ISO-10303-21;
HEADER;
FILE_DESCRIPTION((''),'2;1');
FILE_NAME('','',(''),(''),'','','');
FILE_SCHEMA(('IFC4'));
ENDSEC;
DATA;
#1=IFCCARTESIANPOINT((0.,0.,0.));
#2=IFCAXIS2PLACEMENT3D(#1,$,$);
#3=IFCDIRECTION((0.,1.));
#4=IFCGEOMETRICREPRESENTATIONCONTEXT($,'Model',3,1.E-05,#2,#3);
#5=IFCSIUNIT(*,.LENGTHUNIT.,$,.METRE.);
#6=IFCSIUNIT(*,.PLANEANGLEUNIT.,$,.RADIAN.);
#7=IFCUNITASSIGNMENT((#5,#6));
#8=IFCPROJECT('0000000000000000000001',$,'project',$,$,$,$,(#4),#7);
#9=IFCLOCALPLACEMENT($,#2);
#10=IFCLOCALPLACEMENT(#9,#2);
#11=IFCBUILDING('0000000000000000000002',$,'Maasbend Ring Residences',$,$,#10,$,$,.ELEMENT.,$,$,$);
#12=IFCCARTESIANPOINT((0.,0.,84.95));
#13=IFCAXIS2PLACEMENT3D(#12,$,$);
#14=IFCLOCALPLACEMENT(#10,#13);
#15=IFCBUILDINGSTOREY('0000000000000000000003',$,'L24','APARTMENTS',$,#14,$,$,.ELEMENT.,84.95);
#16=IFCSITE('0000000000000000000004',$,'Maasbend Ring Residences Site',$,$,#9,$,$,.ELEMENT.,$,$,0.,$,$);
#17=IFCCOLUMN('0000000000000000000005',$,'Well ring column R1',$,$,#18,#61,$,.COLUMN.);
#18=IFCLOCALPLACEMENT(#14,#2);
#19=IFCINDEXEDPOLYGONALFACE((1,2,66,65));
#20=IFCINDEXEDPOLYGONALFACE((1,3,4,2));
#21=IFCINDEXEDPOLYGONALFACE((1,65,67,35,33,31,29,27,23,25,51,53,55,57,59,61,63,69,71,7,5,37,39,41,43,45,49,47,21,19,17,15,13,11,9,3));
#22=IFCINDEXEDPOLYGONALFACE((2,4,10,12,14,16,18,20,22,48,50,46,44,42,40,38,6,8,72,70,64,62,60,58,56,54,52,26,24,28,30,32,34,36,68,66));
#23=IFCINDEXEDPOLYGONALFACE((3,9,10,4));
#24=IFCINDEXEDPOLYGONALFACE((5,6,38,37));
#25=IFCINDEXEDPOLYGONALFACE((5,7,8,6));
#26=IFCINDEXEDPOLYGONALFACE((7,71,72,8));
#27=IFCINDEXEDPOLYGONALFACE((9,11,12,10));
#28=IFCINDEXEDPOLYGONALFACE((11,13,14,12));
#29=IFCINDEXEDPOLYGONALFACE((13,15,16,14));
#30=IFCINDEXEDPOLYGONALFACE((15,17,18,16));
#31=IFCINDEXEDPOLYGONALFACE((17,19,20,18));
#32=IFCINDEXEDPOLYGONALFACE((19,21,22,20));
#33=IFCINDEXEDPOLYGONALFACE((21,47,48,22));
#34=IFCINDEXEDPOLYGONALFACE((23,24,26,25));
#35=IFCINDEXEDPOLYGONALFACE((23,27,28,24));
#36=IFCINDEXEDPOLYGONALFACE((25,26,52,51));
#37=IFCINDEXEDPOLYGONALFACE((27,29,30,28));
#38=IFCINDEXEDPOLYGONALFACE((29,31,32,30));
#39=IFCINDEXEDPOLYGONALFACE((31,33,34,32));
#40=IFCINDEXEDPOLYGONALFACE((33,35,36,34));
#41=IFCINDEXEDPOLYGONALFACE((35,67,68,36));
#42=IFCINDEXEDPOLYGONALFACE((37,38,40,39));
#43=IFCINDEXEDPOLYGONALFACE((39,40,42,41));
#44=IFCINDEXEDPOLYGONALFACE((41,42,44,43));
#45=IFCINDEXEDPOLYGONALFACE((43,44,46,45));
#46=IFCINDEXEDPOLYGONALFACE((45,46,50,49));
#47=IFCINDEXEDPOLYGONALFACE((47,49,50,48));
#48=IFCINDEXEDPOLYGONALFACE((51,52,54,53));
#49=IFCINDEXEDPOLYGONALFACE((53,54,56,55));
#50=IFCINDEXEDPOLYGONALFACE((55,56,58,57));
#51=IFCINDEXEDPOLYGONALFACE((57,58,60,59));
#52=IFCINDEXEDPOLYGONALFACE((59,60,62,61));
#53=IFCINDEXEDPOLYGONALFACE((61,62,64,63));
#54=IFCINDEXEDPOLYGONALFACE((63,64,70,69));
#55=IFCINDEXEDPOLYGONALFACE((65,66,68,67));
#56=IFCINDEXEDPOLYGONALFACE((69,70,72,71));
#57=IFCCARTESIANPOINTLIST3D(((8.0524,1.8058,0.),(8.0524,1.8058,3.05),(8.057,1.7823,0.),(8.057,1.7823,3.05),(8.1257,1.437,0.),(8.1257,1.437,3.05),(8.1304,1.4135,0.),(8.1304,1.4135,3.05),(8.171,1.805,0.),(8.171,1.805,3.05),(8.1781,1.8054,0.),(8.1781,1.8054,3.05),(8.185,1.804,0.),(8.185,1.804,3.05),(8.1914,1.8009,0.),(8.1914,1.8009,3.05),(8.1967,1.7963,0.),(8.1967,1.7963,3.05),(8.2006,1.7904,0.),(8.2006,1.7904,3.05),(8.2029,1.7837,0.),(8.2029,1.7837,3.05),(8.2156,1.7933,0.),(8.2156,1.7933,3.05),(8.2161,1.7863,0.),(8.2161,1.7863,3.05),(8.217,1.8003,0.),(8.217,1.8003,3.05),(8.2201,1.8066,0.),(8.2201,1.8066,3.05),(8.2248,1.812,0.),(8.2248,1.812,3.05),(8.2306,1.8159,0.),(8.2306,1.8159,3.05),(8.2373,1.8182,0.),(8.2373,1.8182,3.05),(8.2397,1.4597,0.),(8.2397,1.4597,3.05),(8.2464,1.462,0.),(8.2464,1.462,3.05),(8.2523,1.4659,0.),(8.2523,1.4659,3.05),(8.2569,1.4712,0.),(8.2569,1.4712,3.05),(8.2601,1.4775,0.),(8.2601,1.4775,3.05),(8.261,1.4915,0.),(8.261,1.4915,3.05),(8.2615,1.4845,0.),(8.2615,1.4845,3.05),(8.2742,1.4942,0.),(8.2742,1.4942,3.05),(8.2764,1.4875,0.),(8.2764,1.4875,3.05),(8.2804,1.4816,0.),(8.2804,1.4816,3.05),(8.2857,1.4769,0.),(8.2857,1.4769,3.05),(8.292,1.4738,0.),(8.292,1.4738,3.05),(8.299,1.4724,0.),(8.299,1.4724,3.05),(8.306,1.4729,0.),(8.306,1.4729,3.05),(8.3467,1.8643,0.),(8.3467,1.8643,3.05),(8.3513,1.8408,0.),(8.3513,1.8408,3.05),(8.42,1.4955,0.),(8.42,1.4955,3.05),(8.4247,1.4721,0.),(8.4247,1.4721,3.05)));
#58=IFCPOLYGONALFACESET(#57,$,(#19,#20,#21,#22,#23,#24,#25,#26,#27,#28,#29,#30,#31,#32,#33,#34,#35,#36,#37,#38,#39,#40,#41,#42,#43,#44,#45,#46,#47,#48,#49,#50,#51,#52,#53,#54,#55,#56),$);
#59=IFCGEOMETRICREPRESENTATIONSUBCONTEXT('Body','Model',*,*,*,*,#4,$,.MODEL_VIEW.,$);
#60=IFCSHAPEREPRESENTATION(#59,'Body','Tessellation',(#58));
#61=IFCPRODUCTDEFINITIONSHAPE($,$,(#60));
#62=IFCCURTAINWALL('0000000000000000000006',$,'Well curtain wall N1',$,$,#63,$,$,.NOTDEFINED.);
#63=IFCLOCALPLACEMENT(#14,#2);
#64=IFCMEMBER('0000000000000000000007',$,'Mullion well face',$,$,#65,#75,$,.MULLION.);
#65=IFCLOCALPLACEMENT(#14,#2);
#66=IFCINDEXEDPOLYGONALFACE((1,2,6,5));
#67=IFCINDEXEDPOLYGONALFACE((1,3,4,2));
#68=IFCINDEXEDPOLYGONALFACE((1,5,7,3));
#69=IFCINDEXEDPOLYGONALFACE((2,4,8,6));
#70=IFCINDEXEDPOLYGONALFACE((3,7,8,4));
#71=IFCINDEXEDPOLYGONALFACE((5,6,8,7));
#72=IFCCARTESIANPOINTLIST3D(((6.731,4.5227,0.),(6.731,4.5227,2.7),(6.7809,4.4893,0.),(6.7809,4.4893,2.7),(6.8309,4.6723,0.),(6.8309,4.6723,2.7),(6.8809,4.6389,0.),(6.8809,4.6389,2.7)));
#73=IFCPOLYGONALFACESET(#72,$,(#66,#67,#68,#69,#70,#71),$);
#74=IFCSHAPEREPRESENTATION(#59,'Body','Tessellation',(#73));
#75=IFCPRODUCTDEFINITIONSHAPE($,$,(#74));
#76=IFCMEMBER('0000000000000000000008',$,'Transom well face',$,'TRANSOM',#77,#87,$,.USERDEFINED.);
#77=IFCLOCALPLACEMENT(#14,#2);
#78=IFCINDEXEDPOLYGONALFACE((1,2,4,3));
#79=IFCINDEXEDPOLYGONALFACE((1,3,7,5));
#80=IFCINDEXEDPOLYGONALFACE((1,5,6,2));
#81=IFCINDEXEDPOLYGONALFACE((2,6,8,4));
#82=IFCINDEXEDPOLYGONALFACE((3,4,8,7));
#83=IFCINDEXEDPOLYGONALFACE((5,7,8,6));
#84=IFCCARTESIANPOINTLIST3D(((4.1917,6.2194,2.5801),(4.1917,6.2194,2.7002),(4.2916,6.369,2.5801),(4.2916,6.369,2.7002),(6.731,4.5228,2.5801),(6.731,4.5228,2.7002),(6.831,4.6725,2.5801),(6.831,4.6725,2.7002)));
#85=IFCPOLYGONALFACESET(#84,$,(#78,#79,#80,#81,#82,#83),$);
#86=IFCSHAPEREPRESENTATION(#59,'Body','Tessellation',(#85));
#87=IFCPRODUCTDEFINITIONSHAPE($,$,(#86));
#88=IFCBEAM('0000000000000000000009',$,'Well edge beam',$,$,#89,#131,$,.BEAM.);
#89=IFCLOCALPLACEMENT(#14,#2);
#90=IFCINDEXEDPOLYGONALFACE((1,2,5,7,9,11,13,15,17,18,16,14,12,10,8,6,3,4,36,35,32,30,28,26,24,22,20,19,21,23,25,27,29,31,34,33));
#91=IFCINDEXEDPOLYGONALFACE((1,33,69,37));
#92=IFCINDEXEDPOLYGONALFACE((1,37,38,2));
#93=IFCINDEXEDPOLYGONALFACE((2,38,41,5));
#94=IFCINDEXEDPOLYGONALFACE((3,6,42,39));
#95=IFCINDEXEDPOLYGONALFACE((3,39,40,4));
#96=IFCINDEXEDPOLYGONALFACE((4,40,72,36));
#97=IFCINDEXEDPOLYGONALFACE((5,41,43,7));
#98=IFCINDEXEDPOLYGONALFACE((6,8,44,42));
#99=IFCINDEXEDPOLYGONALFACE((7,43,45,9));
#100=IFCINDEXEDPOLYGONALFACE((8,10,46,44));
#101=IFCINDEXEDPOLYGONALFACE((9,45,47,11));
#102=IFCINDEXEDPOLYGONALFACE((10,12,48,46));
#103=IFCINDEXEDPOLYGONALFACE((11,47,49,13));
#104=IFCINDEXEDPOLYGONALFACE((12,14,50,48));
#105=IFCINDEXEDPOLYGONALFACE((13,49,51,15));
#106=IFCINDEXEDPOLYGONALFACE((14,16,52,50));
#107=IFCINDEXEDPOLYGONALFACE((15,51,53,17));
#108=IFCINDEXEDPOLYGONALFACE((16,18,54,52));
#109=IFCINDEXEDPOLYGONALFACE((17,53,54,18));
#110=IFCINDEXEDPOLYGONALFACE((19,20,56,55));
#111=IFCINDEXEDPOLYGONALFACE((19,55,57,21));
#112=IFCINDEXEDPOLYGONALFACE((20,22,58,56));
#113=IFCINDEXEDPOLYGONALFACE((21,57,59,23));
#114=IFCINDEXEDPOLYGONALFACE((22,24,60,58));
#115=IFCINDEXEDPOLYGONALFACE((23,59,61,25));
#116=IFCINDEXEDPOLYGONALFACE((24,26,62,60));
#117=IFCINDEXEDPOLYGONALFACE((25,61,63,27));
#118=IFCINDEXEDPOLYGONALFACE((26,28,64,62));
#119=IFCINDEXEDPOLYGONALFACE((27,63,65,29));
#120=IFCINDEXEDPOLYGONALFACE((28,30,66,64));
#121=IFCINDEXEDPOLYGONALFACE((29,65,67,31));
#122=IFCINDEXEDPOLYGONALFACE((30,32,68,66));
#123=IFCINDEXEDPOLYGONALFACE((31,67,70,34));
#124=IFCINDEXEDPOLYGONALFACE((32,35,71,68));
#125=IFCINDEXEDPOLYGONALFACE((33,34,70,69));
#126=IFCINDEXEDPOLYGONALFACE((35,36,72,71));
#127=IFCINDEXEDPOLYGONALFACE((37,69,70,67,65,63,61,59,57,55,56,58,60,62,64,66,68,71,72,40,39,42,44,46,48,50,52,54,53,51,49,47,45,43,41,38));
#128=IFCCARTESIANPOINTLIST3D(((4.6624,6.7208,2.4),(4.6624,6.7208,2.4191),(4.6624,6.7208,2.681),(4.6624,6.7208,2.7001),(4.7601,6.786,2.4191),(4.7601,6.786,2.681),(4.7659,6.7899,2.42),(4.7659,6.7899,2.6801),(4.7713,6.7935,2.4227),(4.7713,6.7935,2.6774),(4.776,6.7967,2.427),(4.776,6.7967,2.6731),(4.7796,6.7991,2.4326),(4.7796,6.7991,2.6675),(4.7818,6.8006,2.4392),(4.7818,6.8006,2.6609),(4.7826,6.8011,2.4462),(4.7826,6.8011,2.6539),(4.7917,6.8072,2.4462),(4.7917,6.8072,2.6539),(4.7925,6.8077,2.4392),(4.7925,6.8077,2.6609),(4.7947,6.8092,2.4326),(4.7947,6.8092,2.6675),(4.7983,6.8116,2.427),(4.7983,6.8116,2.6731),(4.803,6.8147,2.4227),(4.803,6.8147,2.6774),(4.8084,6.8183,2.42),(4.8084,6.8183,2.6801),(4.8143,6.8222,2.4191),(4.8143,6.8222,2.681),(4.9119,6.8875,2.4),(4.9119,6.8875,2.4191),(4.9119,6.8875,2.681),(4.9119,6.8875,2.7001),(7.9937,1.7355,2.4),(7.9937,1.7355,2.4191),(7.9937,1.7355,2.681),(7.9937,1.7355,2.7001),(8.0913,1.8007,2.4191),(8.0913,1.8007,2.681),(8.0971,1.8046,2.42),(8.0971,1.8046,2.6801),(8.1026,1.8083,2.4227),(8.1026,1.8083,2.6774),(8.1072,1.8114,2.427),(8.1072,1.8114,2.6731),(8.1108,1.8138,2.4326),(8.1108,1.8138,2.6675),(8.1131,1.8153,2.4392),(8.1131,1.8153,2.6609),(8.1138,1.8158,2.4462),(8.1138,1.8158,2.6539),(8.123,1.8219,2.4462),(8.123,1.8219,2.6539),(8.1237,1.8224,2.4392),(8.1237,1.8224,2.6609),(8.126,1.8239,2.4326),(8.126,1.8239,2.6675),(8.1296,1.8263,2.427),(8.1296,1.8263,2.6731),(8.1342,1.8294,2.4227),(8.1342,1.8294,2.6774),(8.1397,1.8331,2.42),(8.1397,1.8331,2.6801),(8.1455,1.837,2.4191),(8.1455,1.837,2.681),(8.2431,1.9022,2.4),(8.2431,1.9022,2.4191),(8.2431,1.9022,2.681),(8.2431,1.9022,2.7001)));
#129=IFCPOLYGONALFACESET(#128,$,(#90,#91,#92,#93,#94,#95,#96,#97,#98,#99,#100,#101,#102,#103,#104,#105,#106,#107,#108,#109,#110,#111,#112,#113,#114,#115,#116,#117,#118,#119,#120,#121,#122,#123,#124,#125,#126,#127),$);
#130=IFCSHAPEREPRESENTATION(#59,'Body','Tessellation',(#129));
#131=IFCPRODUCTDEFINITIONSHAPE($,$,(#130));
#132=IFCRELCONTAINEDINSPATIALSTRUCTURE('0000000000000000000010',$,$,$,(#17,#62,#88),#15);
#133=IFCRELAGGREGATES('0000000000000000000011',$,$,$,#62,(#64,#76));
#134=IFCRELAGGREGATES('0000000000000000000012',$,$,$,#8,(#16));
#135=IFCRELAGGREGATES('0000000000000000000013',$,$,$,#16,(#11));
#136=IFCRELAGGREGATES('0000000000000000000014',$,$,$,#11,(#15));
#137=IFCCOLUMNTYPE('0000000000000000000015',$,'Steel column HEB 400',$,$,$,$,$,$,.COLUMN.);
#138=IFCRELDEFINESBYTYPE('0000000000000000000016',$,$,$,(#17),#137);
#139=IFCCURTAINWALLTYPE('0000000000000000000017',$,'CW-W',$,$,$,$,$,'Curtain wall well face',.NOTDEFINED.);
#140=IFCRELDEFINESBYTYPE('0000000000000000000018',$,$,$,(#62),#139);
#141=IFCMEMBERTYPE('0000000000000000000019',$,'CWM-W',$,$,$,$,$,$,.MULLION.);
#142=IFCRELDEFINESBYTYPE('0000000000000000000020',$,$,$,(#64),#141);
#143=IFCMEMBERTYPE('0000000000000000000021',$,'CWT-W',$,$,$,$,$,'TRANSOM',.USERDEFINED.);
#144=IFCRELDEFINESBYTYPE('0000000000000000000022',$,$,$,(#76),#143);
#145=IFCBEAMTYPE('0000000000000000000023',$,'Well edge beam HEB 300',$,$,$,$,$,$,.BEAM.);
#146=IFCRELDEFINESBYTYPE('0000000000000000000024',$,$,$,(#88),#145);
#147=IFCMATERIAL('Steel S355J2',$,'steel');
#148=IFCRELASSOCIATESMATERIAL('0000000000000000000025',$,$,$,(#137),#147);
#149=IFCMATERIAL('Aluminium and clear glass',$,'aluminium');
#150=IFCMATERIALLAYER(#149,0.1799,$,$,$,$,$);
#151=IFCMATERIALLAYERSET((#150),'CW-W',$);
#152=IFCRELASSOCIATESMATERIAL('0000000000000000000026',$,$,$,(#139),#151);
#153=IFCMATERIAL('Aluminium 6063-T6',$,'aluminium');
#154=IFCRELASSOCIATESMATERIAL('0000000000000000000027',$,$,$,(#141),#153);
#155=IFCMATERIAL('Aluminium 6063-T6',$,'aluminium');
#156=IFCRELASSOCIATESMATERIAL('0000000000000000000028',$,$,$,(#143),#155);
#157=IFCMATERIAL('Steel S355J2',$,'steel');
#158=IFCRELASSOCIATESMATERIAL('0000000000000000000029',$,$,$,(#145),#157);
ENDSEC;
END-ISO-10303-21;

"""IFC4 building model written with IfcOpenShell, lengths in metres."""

from ifc_helpers import new_model, si_unit, direction, frame, origin, origin_2d, place, context, subcontext, project, spatial, rectangle, i_section, extrude, material, layer, layer_set, material_profile, profile_set, type_object, element, aggregate, save


model = new_model("IFC4")

# Units and contexts
model_context = context("Model", 3, precision=1e-05, world=origin(), true_north=direction((0.0, 1.0)))
body_context = subcontext(model_context, "Body", "Model", "MODEL_VIEW")
ifc_project = project(units=[si_unit("LENGTHUNIT", "METRE"), si_unit("PLANEANGLEUNIT", "RADIAN")], contexts=[model_context])

# Site, building, storey
site_placement = place(None, origin())
site = spatial("IfcSite", under=ifc_project, at=site_placement, Name="Maasbend Ring Residences Site", CompositionType="ELEMENT", RefElevation=0.0)
building_placement = place(site_placement, origin())
building = spatial("IfcBuilding", under=site, at=building_placement, Name="Maasbend Ring Residences", CompositionType="ELEMENT")
storey_placement = place(building_placement, frame((0.0, 0.0, 84.95)))
storey = spatial("IfcBuildingStorey", under=building, at=storey_placement, Name="L24", Description="APARTMENTS", CompositionType="ELEMENT", Elevation=84.95)

# Column
ifc_material_1 = material(Name="Steel S355J2", Category="steel")
ifc_material_profile_1 = material_profile(ifc_material_1, i_section(OverallWidth=0.3, OverallDepth=0.3999, WebThickness=0.0134, FlangeThickness=0.0239, FilletRadius=0.0271, at=origin_2d()), Name="HEB 400")
ifc_profile_set_1 = profile_set([ifc_material_profile_1], Name="Steel S355J2")
column_type = type_object("IfcColumnType", Name="Steel column HEB 400", PredefinedType="COLUMN", material=ifc_profile_set_1)
column_placement = place(storey_placement, frame((8.2385, 1.6389, 0.0), z_axis=(0.0, 0.0, 1.0), x_axis=(0.980785, 0.19509, 0.0)))
element("IfcColumn", 1, at=column_placement, inside=storey, type_object=column_type, Name="Well ring column R1", PredefinedType="COLUMN", context=body_context, shape_type="SweptSolid", body=[
    extrude(i_section(OverallWidth=0.3, OverallDepth=0.3999, WebThickness=0.0134, FlangeThickness=0.0239, FilletRadius=0.0271, at=origin_2d()), origin(), (0.0, 0.0, 1.0), 3.05),
])

# Curtain wall, members
ifc_material_2 = material(Name="Aluminium and clear glass", Category="aluminium")
ifc_layer_1 = layer(ifc_material_2, 0.1799)
ifc_layer_set_1 = layer_set([ifc_layer_1], Name="CW-W")
curtain_wall_type = type_object("IfcCurtainWallType", Name="CW-W", ElementType="Curtain wall well face", PredefinedType="NOTDEFINED", material=ifc_layer_set_1)
curtain_wall_placement = place(storey_placement, origin())
curtain_wall = element("IfcCurtainWall", 2, at=curtain_wall_placement, inside=storey, type_object=curtain_wall_type, Name="Well curtain wall N1", PredefinedType="NOTDEFINED")
ifc_material_3 = material(Name="Aluminium 6063-T6", Category="aluminium")
ifc_material_profile_2 = material_profile(ifc_material_3, rectangle(XDim=0.1799, YDim=0.0601, at=origin_2d()), Name="AL 180x60")
ifc_profile_set_2 = profile_set([ifc_material_profile_2], Name="Aluminium 6063-T6")
member_type_1 = type_object("IfcMemberType", Name="CWM-W", PredefinedType="MULLION", material=ifc_profile_set_2)
member_1_placement = place(storey_placement, frame((6.8059, 4.5808, 0.0), z_axis=(0.0, 0.0, 1.0), x_axis=(-0.55557, -0.83147, 0.0)))
member_1 = element("IfcMember", 3, at=member_1_placement, type_object=member_type_1, Name="Mullion well face", PredefinedType="MULLION", context=body_context, shape_type="SweptSolid", body=[
    extrude(rectangle(XDim=0.1799, YDim=0.0601, at=origin_2d()), origin(), (0.0, 0.0, 1.0), 2.7),
])
ifc_material_4 = material(Name="Aluminium 6063-T6", Category="aluminium")
ifc_material_profile_3 = material_profile(ifc_material_4, rectangle(XDim=0.1799, YDim=0.1201, at=origin_2d()), Name="AL 180x120")
ifc_profile_set_3 = profile_set([ifc_material_profile_3], Name="Aluminium 6063-T6")
member_type_2 = type_object("IfcMemberType", Name="CWT-W", ElementType="TRANSOM", PredefinedType="USERDEFINED", material=ifc_profile_set_3)
member_2_placement = place(storey_placement, frame((6.781, 4.5977, 2.6401), z_axis=(-0.831496, 0.55553, 0.0), x_axis=(-0.55553, -0.831496, 0.0)))
member_2 = element("IfcMember", 4, at=member_2_placement, type_object=member_type_2, Name="Transom well face", ObjectType="TRANSOM", PredefinedType="USERDEFINED", context=body_context, shape_type="SweptSolid", body=[
    extrude(rectangle(XDim=0.1799, YDim=0.1201, at=origin_2d()), origin(), (0.0, 0.0, 1.0), 3.054),
])
aggregate(curtain_wall, [member_1, member_2])

# Beam
ifc_material_5 = material(Name="Steel S355J2", Category="steel")
ifc_material_profile_4 = material_profile(ifc_material_5, i_section(OverallWidth=0.3, OverallDepth=0.3, WebThickness=0.011, FlangeThickness=0.019, FilletRadius=0.0271, at=origin_2d()), Name="HEB 300")
ifc_profile_set_4 = profile_set([ifc_material_profile_4], Name="Steel S355J2")
beam_type = type_object("IfcBeamType", Name="Well edge beam HEB 300", PredefinedType="BEAM", material=ifc_profile_set_4)
beam_placement = place(storey_placement, frame((8.1184, 1.8188, 2.55), z_axis=(-0.555593, 0.831455, 0.0), x_axis=(-0.831455, -0.555593, 0.0)))
element("IfcBeam", 5, at=beam_placement, inside=storey, type_object=beam_type, Name="Well edge beam", PredefinedType="BEAM", context=body_context, shape_type="SweptSolid", body=[
    extrude(i_section(OverallWidth=0.3, OverallDepth=0.3, WebThickness=0.011, FlangeThickness=0.019, FilletRadius=0.0271, at=origin_2d()), origin(), (0.0, 0.0, 1.0), 5.9958),
])

save(model, "model.ifc")
